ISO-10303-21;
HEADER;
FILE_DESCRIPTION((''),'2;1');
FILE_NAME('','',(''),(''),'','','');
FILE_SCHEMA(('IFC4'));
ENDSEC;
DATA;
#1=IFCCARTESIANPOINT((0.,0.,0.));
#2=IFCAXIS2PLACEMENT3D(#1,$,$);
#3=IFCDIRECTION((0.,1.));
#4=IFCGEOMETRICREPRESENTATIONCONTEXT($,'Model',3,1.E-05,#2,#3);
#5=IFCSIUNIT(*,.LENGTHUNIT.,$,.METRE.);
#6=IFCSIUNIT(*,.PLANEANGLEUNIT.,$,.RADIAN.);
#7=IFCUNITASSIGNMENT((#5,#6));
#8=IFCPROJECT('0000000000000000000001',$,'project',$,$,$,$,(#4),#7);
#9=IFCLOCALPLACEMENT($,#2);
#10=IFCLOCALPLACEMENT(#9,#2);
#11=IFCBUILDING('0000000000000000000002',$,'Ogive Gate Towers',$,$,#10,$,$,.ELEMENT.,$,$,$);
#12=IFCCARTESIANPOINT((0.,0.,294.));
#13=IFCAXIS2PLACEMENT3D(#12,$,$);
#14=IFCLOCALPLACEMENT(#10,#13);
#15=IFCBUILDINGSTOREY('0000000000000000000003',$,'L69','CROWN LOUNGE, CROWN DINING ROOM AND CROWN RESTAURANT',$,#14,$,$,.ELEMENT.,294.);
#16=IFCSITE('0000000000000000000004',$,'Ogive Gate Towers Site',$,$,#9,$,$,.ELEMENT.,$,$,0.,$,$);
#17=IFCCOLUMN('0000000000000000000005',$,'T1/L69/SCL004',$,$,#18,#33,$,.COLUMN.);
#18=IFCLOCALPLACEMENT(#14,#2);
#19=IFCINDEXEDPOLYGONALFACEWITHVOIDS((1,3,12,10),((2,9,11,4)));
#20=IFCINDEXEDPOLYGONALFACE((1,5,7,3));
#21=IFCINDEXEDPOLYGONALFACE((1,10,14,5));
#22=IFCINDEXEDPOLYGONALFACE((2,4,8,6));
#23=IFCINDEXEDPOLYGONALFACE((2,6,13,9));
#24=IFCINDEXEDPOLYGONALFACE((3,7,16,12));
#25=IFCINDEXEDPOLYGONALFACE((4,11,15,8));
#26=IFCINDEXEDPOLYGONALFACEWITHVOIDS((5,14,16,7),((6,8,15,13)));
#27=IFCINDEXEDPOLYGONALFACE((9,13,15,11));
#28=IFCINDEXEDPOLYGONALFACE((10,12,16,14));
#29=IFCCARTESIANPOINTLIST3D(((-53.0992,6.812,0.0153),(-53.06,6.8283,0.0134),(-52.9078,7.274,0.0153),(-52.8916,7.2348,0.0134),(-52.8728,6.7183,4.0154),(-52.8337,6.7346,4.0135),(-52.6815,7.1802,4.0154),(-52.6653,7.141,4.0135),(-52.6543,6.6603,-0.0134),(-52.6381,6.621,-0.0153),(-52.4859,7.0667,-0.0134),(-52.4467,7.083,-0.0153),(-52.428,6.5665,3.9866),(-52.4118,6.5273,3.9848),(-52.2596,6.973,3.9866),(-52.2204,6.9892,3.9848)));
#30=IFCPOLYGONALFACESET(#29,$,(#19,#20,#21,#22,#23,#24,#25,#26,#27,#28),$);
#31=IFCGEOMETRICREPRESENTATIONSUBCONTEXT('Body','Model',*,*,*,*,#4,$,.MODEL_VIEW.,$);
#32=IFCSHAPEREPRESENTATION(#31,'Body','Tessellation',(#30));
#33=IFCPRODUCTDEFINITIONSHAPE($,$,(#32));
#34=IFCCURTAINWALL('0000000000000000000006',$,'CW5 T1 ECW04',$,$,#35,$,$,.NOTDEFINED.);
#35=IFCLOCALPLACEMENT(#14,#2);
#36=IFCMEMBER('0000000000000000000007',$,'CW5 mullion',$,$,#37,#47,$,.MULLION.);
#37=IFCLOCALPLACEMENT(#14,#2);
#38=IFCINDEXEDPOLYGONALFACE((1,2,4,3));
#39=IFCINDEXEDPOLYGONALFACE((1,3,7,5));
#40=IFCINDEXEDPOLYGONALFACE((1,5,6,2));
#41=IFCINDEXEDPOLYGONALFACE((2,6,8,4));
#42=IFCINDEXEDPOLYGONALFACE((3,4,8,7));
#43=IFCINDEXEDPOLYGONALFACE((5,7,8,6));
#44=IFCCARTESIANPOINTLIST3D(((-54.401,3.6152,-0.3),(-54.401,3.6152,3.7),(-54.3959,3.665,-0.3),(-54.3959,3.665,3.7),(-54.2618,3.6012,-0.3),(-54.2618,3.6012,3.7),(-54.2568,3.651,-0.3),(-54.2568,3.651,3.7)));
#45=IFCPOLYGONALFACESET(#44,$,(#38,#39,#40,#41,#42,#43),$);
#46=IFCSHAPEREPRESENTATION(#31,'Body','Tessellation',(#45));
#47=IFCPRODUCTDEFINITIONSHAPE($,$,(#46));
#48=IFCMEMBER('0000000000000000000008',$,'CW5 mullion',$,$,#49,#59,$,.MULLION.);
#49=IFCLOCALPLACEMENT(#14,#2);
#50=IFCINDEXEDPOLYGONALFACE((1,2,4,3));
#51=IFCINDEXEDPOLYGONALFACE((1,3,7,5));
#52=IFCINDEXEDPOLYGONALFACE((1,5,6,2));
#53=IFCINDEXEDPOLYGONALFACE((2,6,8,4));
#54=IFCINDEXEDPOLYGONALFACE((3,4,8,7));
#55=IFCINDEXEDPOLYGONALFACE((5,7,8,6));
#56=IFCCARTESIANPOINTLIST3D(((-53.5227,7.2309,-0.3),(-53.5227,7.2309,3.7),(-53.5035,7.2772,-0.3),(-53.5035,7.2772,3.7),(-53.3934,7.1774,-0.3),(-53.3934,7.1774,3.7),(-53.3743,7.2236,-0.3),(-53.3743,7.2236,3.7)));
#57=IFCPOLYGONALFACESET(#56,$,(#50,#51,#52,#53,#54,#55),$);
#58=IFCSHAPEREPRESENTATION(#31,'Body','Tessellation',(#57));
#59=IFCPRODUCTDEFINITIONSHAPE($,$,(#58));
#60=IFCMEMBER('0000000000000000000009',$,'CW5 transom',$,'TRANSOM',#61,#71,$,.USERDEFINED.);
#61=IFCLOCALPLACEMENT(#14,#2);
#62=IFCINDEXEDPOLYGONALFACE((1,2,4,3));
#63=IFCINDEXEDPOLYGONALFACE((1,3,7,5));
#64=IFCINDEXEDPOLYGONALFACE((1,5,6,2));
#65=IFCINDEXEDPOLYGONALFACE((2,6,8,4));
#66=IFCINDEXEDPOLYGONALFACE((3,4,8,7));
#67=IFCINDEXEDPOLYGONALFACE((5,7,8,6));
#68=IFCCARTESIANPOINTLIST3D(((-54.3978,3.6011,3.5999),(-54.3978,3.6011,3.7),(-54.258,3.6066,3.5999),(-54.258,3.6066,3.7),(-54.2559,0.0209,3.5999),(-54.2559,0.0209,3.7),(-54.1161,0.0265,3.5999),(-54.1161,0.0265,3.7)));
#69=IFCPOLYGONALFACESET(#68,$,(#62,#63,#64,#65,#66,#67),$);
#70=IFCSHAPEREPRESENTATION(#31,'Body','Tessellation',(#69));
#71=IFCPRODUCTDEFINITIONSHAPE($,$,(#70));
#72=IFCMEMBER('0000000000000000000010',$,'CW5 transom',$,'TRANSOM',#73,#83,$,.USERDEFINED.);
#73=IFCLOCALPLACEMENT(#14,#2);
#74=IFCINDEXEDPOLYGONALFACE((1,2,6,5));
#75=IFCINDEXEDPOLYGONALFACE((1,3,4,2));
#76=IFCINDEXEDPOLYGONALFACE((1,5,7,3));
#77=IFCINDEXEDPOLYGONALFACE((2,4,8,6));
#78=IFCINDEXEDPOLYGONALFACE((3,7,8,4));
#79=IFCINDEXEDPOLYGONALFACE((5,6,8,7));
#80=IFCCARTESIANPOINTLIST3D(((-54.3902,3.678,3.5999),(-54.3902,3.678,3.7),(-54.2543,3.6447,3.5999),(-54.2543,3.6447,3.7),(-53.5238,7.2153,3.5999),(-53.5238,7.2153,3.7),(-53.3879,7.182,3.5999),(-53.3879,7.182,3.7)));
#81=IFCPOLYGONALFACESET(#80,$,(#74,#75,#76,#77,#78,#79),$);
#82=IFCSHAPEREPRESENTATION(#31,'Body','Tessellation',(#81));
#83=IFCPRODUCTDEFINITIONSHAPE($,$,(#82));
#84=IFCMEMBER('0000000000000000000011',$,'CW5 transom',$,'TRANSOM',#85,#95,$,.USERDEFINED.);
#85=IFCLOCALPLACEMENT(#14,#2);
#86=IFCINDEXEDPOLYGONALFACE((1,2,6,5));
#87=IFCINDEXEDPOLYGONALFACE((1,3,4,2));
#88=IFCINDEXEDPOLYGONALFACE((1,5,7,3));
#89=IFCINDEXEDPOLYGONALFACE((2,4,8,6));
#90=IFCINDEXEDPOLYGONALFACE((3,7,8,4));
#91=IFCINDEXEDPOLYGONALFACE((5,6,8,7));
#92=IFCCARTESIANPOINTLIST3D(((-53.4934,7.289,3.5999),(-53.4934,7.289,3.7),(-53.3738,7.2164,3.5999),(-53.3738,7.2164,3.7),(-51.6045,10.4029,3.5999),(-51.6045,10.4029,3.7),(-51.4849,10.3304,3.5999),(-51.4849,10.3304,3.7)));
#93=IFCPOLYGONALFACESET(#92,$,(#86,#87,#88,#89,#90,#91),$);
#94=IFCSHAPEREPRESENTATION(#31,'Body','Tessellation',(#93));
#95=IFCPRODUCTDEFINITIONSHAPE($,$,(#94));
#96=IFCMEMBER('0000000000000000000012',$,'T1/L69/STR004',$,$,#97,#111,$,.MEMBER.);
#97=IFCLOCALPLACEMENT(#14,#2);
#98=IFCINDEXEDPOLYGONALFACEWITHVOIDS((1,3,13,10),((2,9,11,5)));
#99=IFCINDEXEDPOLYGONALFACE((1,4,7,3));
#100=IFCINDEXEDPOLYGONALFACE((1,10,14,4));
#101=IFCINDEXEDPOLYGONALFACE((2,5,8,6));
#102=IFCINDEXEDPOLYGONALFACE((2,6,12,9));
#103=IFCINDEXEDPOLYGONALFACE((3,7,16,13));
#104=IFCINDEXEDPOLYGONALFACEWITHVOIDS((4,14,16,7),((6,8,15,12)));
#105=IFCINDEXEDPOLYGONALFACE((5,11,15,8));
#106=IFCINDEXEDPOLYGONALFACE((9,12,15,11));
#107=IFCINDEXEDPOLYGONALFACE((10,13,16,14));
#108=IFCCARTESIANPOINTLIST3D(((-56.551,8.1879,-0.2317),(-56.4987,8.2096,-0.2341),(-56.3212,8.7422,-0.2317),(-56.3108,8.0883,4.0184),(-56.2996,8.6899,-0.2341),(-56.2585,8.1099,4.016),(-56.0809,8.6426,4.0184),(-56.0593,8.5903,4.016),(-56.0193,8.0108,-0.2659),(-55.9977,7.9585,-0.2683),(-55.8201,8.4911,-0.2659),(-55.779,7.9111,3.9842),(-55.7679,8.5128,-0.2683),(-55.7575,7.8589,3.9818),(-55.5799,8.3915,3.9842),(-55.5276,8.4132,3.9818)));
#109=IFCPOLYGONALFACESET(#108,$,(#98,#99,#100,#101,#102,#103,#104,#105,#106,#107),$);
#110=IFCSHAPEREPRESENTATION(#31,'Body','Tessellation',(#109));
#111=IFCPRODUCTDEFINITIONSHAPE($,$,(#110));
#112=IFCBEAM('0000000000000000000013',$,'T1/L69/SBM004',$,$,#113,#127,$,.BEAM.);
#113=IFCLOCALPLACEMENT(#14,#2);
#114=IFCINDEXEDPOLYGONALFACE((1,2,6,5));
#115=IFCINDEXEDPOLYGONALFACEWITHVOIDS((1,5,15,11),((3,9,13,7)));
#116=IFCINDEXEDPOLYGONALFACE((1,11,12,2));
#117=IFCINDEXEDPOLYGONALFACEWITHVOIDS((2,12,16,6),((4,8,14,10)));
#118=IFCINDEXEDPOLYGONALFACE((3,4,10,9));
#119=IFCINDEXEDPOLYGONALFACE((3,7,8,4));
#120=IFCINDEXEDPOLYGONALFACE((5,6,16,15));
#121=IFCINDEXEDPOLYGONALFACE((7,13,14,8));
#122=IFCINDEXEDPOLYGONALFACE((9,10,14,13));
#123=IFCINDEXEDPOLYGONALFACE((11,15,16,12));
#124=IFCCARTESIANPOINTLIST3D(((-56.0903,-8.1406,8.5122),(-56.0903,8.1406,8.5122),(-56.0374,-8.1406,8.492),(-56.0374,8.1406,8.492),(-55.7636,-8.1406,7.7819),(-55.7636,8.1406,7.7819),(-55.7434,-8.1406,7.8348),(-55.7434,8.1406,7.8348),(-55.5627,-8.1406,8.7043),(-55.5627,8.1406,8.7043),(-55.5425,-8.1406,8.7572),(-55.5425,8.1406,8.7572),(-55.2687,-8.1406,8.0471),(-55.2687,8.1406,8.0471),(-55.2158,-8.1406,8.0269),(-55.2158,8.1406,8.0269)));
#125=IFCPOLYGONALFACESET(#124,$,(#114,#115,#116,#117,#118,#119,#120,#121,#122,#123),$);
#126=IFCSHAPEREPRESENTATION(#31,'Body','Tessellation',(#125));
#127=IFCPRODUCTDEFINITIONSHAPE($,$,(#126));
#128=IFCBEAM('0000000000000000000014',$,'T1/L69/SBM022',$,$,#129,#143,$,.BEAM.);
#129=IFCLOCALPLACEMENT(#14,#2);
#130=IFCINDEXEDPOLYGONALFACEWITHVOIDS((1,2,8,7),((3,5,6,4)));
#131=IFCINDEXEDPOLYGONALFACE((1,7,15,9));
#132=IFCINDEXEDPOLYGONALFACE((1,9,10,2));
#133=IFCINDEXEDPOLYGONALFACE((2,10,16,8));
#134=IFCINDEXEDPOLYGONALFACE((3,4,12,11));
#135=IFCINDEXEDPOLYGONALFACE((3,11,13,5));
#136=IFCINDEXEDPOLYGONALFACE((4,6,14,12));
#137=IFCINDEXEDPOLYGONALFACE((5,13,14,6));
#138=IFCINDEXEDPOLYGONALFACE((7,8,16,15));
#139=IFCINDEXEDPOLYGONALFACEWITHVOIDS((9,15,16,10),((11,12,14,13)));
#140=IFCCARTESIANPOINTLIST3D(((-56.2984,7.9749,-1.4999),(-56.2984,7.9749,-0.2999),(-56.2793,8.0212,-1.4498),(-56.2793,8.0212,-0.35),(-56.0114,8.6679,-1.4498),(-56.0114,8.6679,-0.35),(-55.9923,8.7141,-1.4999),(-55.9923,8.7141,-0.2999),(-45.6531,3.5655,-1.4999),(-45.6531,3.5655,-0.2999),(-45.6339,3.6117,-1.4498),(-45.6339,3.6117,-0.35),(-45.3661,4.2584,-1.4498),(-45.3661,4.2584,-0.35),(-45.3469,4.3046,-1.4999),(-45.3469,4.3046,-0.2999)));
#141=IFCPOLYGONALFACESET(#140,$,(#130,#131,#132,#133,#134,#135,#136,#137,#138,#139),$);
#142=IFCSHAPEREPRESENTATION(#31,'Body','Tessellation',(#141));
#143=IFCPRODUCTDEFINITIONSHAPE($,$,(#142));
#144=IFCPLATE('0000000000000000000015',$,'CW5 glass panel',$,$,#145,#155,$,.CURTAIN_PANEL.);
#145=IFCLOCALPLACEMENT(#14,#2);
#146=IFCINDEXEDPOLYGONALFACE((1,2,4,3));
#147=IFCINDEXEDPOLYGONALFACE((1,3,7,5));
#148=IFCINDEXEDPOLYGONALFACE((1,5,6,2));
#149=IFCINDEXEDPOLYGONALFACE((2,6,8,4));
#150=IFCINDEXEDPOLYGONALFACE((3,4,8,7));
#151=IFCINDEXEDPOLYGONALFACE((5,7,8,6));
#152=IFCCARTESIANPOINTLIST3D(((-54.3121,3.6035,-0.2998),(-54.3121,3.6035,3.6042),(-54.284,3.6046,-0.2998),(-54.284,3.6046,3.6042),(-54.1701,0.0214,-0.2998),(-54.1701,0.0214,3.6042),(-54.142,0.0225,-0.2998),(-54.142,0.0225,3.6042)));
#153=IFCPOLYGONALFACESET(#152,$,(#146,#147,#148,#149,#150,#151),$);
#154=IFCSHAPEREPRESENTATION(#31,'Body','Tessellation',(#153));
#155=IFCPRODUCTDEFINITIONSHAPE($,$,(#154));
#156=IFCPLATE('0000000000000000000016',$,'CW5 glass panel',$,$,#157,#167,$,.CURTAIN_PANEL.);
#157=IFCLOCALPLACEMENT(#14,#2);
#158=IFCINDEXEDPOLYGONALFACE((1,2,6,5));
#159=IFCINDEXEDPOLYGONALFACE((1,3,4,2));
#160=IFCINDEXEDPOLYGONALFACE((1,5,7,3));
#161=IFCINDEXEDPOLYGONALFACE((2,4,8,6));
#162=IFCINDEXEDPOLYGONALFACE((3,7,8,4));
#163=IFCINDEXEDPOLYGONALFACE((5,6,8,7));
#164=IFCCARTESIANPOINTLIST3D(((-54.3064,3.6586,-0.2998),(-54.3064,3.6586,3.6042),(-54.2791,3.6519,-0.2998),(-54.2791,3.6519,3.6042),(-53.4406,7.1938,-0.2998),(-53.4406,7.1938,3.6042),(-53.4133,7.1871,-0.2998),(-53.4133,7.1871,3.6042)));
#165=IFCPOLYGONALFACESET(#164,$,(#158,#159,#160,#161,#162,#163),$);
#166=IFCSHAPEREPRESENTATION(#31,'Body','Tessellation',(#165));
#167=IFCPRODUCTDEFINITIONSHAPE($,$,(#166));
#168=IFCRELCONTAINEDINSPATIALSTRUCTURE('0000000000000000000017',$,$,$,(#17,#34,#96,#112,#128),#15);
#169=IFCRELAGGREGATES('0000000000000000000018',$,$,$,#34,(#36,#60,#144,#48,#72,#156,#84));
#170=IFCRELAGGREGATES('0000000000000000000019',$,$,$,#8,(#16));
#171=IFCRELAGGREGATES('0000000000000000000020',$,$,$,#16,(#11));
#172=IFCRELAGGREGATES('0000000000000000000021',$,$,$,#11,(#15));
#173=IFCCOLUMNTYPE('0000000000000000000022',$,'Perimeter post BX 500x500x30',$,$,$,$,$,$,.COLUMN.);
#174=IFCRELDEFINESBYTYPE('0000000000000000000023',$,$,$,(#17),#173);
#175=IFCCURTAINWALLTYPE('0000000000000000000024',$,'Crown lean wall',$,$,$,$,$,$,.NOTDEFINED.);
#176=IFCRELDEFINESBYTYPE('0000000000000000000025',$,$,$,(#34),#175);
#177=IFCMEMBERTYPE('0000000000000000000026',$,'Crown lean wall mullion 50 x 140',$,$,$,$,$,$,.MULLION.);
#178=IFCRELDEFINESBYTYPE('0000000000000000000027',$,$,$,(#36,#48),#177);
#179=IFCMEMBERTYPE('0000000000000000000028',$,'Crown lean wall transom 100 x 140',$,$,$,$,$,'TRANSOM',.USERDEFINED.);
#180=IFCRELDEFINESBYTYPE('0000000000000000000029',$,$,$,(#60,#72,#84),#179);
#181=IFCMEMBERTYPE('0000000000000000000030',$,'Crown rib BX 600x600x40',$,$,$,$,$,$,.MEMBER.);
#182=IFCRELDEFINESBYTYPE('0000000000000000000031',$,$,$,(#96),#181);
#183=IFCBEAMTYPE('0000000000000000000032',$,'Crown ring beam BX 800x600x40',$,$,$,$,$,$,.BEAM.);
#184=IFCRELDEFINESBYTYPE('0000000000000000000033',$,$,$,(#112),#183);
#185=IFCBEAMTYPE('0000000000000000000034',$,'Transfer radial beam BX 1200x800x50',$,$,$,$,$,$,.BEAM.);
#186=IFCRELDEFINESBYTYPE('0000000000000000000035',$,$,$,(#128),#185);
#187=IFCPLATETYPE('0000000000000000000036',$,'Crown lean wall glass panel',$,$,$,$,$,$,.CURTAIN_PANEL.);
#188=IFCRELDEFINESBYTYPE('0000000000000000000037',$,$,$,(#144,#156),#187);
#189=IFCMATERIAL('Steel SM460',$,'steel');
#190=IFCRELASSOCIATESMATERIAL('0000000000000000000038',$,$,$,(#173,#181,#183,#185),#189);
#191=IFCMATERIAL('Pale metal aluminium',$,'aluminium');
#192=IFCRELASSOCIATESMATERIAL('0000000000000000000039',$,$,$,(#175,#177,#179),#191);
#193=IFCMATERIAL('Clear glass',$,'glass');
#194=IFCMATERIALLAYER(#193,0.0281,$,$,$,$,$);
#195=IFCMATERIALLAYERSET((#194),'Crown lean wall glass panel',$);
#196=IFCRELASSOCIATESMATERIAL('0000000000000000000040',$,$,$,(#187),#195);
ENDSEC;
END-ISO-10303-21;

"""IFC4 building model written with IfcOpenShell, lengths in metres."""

from ifc_helpers import new_model, si_unit, direction, frame, origin, origin_2d, place, context, subcontext, project, spatial, rectangle, hollow_rectangle, extrude, material, layer, layer_set, material_profile, profile_set, type_object, element, aggregate, save


model = new_model("IFC4")

# Units and contexts
model_context = context("Model", 3, precision=1e-05, world=origin(), true_north=direction((0.0, 1.0)))
body_context = subcontext(model_context, "Body", "Model", "MODEL_VIEW")
ifc_project = project(units=[si_unit("LENGTHUNIT", "METRE"), si_unit("PLANEANGLEUNIT", "RADIAN")], contexts=[model_context])

# Site, building, storey
site_placement = place(None, origin())
site = spatial("IfcSite", under=ifc_project, at=site_placement, Name="Ogive Gate Towers Site", CompositionType="ELEMENT", RefElevation=0.0)
building_placement = place(site_placement, origin())
building = spatial("IfcBuilding", under=site, at=building_placement, Name="Ogive Gate Towers", CompositionType="ELEMENT")
storey_placement = place(building_placement, frame((0.0, 0.0, 294.0)))
storey = spatial("IfcBuildingStorey", under=building, at=storey_placement, Name="L69", Description="CROWN LOUNGE, CROWN DINING ROOM AND CROWN RESTAURANT", CompositionType="ELEMENT", Elevation=294.0)

# Column
ifc_material_1 = material(Name="Steel SM460", Category="steel")
ifc_material_profile_1 = material_profile(ifc_material_1, hollow_rectangle(XDim=0.5, YDim=0.5, WallThickness=0.03, at=origin_2d()), Name="BX 500x500x30")
ifc_profile_set_1 = profile_set([ifc_material_profile_1], Name="Steel SM460")
column_type = type_object("IfcColumnType", Name="Perimeter post BX 500x500x30", PredefinedType="COLUMN", material=ifc_profile_set_1)
column_placement = place(storey_placement, frame((-52.7729, 6.9475, 0.0), z_axis=(0.056474, -0.023394, 0.99813), x_axis=(0.382704, 0.923871, 0.0)))
element("IfcColumn", 1, at=column_placement, inside=storey, type_object=column_type, Name="T1/L69/SCL004", PredefinedType="COLUMN", context=body_context, shape_type="SweptSolid", body=[
    extrude(hollow_rectangle(XDim=0.5, YDim=0.5, WallThickness=0.03, at=origin_2d()), origin(), (0.0, 0.0, 1.0), 4.0076),
])

# Curtain wall, members
ifc_material_2 = material(Name="Pale metal aluminium", Category="aluminium")
curtain_wall_type = type_object("IfcCurtainWallType", Name="Crown lean wall", PredefinedType="NOTDEFINED", material=ifc_material_2)
curtain_wall_placement = place(storey_placement, origin())
curtain_wall = element("IfcCurtainWall", 2, at=curtain_wall_placement, inside=storey, type_object=curtain_wall_type, Name="CW5 T1 ECW04", PredefinedType="NOTDEFINED")
ifc_material_profile_2 = material_profile(ifc_material_2, rectangle(XDim=0.1399, YDim=0.05, at=origin_2d()), Name="50 x 140 aluminium box")
ifc_profile_set_2 = profile_set([ifc_material_profile_2], Name="Pale metal aluminium")
member_type_1 = type_object("IfcMemberType", Name="Crown lean wall mullion 50 x 140", PredefinedType="MULLION", material=ifc_profile_set_2)
member_1_placement = place(storey_placement, frame((-54.3289, 3.6331, -0.3), z_axis=(0.0, 0.0, 1.0), x_axis=(0.994977, -0.100101, 0.0)))
member_1 = element("IfcMember", 3, at=member_1_placement, type_object=member_type_1, Name="CW5 mullion", PredefinedType="MULLION", context=body_context, shape_type="SweptSolid", body=[
    extrude(rectangle(XDim=0.1399, YDim=0.05, at=origin_2d()), origin(), (0.0, 0.0, 1.0), 4.0),
])
member_2_placement = place(storey_placement, frame((-53.4485, 7.2273, -0.3), z_axis=(0.0, 0.0, 1.0), x_axis=(0.92388, -0.382683, 0.0)))
member_2 = element("IfcMember", 4, at=member_2_placement, type_object=member_type_1, Name="CW5 mullion", PredefinedType="MULLION", context=body_context, shape_type="SweptSolid", body=[
    extrude(rectangle(XDim=0.1399, YDim=0.05, at=origin_2d()), origin(), (0.0, 0.0, 1.0), 4.0),
])
ifc_material_profile_3 = material_profile(ifc_material_2, rectangle(XDim=0.1399, YDim=0.1001, at=origin_2d()), Name="100 x 140 aluminium box")
ifc_profile_set_3 = profile_set([ifc_material_profile_3], Name="Pale metal aluminium")
member_type_2 = type_object("IfcMemberType", Name="Crown lean wall transom 100 x 140", ElementType="TRANSOM", PredefinedType="USERDEFINED", material=ifc_profile_set_3)
member_3_placement = place(storey_placement, frame((-54.186, 0.0237, 3.6499), z_axis=(-0.03959, 0.999216, 0.0), x_axis=(-0.999216, -0.03959, 0.0)))
member_3 = element("IfcMember", 5, at=member_3_placement, type_object=member_type_2, Name="CW5 transom", ObjectType="TRANSOM", PredefinedType="USERDEFINED", context=body_context, shape_type="SweptSolid", body=[
    extrude(rectangle(XDim=0.1399, YDim=0.1001, at=origin_2d()), origin(), (0.0, 0.0, 1.0), 3.583),
])
member_4_placement = place(storey_placement, frame((-54.3223, 3.6614, 3.6499), z_axis=(0.237911, 0.971287, 0.0), x_axis=(-0.971287, 0.237911, 0.0)))
member_4 = element("IfcMember", 6, at=member_4_placement, type_object=member_type_2, Name="CW5 transom", ObjectType="TRANSOM", PredefinedType="USERDEFINED", context=body_context, shape_type="SweptSolid", body=[
    extrude(rectangle(XDim=0.1399, YDim=0.1001, at=origin_2d()), origin(), (0.0, 0.0, 1.0), 3.6418),
])
member_5_placement = place(storey_placement, frame((-53.4336, 7.2527, 3.6499), z_axis=(0.51863, 0.854999, 0.0), x_axis=(-0.854999, 0.51863, 0.0)))
member_5 = element("IfcMember", 7, at=member_5_placement, type_object=member_type_2, Name="CW5 transom", ObjectType="TRANSOM", PredefinedType="USERDEFINED", context=body_context, shape_type="SweptSolid", body=[
    extrude(rectangle(XDim=0.1399, YDim=0.1001, at=origin_2d()), origin(), (0.0, 0.0, 1.0), 3.6421),
])

# Member
ifc_material_profile_4 = material_profile(ifc_material_1, hollow_rectangle(XDim=0.6001, YDim=0.6001, WallThickness=0.04, at=origin_2d()), Name="BX 600x600x40")
ifc_profile_set_4 = profile_set([ifc_material_profile_4], Name="Steel SM460")
member_type_3 = type_object("IfcMemberType", Name="Crown rib BX 600x600x40", PredefinedType="MEMBER", material=ifc_profile_set_4)
member_6_placement = place(storey_placement, frame((-56.1594, 8.3503, -0.25), z_axis=(0.05642, -0.023394, 0.998133), x_axis=(0.383015, 0.923742, 0.0)))
element("IfcMember", 8, at=member_6_placement, inside=storey, type_object=member_type_3, Name="T1/L69/STR004", PredefinedType="MEMBER", context=body_context, shape_type="SweptSolid", body=[
    extrude(hollow_rectangle(XDim=0.6001, YDim=0.6001, WallThickness=0.04, at=origin_2d()), origin(), (0.0, 0.0, 1.0), 4.2581),
])

# Beams
ifc_material_profile_5 = material_profile(ifc_material_1, hollow_rectangle(XDim=0.6001, YDim=0.8, WallThickness=0.04, at=origin_2d()), Name="BX 800x600x40")
ifc_profile_set_5 = profile_set([ifc_material_profile_5], Name="Steel SM460")
beam_type_1 = type_object("IfcBeamType", Name="Crown ring beam BX 800x600x40", PredefinedType="BEAM", material=ifc_profile_set_5)
beam_1_placement = place(storey_placement, frame((-55.6531, 8.1406, 8.2695), z_axis=(0.0, -1.0, 0.0), x_axis=(-0.912818, 0.0, -0.408366)))
element("IfcBeam", 9, at=beam_1_placement, inside=storey, type_object=beam_type_1, Name="T1/L69/SBM004", PredefinedType="BEAM", context=body_context, shape_type="SweptSolid", body=[
    extrude(hollow_rectangle(XDim=0.6001, YDim=0.8, WallThickness=0.04, at=origin_2d()), origin(), (0.0, 0.0, 1.0), 16.2812),
])
ifc_material_profile_6 = material_profile(ifc_material_1, hollow_rectangle(XDim=0.8, YDim=1.2, WallThickness=0.05, at=origin_2d()), Name="BX 1200x800x50")
ifc_profile_set_6 = profile_set([ifc_material_profile_6], Name="Steel SM460")
beam_type_2 = type_object("IfcBeamType", Name="Transfer radial beam BX 1200x800x50", PredefinedType="BEAM", material=ifc_profile_set_6)
beam_2_placement = place(storey_placement, frame((-45.5, 3.9351, -0.8999), z_axis=(-0.923879, 0.382684, 0.0), x_axis=(-0.382684, -0.923879, 0.0)))
element("IfcBeam", 10, at=beam_2_placement, inside=storey, type_object=beam_type_2, Name="T1/L69/SBM022", PredefinedType="BEAM", context=body_context, shape_type="SweptSolid", body=[
    extrude(hollow_rectangle(XDim=0.8, YDim=1.2, WallThickness=0.05, at=origin_2d()), origin(), (0.0, 0.0, 1.0), 11.5225),
])

# Plates
ifc_material_3 = material(Name="Clear glass", Category="glass")
ifc_layer_1 = layer(ifc_material_3, 0.0281)
ifc_layer_set_1 = layer_set([ifc_layer_1], Name="Crown lean wall glass panel")
plate_type = type_object("IfcPlateType", Name="Crown lean wall glass panel", PredefinedType="CURTAIN_PANEL", material=ifc_layer_set_1)
plate_1_placement = place(storey_placement, frame((-54.2271, 1.813, -0.2998), z_axis=(0.0, 0.0, 1.0), x_axis=(-0.039609, 0.999215, 0.0)))
plate_1 = element("IfcPlate", 11, at=plate_1_placement, type_object=plate_type, Name="CW5 glass panel", PredefinedType="CURTAIN_PANEL", context=body_context, shape_type="SweptSolid", body=[
    extrude(rectangle(XDim=3.585, YDim=0.0281, at=origin_2d()), origin(), (0.0, 0.0, 1.0), 3.9041),
])
plate_2_placement = place(storey_placement, frame((-53.8599, 5.4229, -0.2998), z_axis=(0.0, 0.0, 1.0), x_axis=(0.237872, 0.971296, 0.0)))
plate_2 = element("IfcPlate", 12, at=plate_2_placement, type_object=plate_type, Name="CW5 glass panel", PredefinedType="CURTAIN_PANEL", context=body_context, shape_type="SweptSolid", body=[
    extrude(rectangle(XDim=3.6396, YDim=0.0281, at=origin_2d()), origin(), (0.0, 0.0, 1.0), 3.9041),
])
aggregate(curtain_wall, [member_1, member_3, plate_1, member_2, member_4, plate_2, member_5])

save(model, "model.ifc")
